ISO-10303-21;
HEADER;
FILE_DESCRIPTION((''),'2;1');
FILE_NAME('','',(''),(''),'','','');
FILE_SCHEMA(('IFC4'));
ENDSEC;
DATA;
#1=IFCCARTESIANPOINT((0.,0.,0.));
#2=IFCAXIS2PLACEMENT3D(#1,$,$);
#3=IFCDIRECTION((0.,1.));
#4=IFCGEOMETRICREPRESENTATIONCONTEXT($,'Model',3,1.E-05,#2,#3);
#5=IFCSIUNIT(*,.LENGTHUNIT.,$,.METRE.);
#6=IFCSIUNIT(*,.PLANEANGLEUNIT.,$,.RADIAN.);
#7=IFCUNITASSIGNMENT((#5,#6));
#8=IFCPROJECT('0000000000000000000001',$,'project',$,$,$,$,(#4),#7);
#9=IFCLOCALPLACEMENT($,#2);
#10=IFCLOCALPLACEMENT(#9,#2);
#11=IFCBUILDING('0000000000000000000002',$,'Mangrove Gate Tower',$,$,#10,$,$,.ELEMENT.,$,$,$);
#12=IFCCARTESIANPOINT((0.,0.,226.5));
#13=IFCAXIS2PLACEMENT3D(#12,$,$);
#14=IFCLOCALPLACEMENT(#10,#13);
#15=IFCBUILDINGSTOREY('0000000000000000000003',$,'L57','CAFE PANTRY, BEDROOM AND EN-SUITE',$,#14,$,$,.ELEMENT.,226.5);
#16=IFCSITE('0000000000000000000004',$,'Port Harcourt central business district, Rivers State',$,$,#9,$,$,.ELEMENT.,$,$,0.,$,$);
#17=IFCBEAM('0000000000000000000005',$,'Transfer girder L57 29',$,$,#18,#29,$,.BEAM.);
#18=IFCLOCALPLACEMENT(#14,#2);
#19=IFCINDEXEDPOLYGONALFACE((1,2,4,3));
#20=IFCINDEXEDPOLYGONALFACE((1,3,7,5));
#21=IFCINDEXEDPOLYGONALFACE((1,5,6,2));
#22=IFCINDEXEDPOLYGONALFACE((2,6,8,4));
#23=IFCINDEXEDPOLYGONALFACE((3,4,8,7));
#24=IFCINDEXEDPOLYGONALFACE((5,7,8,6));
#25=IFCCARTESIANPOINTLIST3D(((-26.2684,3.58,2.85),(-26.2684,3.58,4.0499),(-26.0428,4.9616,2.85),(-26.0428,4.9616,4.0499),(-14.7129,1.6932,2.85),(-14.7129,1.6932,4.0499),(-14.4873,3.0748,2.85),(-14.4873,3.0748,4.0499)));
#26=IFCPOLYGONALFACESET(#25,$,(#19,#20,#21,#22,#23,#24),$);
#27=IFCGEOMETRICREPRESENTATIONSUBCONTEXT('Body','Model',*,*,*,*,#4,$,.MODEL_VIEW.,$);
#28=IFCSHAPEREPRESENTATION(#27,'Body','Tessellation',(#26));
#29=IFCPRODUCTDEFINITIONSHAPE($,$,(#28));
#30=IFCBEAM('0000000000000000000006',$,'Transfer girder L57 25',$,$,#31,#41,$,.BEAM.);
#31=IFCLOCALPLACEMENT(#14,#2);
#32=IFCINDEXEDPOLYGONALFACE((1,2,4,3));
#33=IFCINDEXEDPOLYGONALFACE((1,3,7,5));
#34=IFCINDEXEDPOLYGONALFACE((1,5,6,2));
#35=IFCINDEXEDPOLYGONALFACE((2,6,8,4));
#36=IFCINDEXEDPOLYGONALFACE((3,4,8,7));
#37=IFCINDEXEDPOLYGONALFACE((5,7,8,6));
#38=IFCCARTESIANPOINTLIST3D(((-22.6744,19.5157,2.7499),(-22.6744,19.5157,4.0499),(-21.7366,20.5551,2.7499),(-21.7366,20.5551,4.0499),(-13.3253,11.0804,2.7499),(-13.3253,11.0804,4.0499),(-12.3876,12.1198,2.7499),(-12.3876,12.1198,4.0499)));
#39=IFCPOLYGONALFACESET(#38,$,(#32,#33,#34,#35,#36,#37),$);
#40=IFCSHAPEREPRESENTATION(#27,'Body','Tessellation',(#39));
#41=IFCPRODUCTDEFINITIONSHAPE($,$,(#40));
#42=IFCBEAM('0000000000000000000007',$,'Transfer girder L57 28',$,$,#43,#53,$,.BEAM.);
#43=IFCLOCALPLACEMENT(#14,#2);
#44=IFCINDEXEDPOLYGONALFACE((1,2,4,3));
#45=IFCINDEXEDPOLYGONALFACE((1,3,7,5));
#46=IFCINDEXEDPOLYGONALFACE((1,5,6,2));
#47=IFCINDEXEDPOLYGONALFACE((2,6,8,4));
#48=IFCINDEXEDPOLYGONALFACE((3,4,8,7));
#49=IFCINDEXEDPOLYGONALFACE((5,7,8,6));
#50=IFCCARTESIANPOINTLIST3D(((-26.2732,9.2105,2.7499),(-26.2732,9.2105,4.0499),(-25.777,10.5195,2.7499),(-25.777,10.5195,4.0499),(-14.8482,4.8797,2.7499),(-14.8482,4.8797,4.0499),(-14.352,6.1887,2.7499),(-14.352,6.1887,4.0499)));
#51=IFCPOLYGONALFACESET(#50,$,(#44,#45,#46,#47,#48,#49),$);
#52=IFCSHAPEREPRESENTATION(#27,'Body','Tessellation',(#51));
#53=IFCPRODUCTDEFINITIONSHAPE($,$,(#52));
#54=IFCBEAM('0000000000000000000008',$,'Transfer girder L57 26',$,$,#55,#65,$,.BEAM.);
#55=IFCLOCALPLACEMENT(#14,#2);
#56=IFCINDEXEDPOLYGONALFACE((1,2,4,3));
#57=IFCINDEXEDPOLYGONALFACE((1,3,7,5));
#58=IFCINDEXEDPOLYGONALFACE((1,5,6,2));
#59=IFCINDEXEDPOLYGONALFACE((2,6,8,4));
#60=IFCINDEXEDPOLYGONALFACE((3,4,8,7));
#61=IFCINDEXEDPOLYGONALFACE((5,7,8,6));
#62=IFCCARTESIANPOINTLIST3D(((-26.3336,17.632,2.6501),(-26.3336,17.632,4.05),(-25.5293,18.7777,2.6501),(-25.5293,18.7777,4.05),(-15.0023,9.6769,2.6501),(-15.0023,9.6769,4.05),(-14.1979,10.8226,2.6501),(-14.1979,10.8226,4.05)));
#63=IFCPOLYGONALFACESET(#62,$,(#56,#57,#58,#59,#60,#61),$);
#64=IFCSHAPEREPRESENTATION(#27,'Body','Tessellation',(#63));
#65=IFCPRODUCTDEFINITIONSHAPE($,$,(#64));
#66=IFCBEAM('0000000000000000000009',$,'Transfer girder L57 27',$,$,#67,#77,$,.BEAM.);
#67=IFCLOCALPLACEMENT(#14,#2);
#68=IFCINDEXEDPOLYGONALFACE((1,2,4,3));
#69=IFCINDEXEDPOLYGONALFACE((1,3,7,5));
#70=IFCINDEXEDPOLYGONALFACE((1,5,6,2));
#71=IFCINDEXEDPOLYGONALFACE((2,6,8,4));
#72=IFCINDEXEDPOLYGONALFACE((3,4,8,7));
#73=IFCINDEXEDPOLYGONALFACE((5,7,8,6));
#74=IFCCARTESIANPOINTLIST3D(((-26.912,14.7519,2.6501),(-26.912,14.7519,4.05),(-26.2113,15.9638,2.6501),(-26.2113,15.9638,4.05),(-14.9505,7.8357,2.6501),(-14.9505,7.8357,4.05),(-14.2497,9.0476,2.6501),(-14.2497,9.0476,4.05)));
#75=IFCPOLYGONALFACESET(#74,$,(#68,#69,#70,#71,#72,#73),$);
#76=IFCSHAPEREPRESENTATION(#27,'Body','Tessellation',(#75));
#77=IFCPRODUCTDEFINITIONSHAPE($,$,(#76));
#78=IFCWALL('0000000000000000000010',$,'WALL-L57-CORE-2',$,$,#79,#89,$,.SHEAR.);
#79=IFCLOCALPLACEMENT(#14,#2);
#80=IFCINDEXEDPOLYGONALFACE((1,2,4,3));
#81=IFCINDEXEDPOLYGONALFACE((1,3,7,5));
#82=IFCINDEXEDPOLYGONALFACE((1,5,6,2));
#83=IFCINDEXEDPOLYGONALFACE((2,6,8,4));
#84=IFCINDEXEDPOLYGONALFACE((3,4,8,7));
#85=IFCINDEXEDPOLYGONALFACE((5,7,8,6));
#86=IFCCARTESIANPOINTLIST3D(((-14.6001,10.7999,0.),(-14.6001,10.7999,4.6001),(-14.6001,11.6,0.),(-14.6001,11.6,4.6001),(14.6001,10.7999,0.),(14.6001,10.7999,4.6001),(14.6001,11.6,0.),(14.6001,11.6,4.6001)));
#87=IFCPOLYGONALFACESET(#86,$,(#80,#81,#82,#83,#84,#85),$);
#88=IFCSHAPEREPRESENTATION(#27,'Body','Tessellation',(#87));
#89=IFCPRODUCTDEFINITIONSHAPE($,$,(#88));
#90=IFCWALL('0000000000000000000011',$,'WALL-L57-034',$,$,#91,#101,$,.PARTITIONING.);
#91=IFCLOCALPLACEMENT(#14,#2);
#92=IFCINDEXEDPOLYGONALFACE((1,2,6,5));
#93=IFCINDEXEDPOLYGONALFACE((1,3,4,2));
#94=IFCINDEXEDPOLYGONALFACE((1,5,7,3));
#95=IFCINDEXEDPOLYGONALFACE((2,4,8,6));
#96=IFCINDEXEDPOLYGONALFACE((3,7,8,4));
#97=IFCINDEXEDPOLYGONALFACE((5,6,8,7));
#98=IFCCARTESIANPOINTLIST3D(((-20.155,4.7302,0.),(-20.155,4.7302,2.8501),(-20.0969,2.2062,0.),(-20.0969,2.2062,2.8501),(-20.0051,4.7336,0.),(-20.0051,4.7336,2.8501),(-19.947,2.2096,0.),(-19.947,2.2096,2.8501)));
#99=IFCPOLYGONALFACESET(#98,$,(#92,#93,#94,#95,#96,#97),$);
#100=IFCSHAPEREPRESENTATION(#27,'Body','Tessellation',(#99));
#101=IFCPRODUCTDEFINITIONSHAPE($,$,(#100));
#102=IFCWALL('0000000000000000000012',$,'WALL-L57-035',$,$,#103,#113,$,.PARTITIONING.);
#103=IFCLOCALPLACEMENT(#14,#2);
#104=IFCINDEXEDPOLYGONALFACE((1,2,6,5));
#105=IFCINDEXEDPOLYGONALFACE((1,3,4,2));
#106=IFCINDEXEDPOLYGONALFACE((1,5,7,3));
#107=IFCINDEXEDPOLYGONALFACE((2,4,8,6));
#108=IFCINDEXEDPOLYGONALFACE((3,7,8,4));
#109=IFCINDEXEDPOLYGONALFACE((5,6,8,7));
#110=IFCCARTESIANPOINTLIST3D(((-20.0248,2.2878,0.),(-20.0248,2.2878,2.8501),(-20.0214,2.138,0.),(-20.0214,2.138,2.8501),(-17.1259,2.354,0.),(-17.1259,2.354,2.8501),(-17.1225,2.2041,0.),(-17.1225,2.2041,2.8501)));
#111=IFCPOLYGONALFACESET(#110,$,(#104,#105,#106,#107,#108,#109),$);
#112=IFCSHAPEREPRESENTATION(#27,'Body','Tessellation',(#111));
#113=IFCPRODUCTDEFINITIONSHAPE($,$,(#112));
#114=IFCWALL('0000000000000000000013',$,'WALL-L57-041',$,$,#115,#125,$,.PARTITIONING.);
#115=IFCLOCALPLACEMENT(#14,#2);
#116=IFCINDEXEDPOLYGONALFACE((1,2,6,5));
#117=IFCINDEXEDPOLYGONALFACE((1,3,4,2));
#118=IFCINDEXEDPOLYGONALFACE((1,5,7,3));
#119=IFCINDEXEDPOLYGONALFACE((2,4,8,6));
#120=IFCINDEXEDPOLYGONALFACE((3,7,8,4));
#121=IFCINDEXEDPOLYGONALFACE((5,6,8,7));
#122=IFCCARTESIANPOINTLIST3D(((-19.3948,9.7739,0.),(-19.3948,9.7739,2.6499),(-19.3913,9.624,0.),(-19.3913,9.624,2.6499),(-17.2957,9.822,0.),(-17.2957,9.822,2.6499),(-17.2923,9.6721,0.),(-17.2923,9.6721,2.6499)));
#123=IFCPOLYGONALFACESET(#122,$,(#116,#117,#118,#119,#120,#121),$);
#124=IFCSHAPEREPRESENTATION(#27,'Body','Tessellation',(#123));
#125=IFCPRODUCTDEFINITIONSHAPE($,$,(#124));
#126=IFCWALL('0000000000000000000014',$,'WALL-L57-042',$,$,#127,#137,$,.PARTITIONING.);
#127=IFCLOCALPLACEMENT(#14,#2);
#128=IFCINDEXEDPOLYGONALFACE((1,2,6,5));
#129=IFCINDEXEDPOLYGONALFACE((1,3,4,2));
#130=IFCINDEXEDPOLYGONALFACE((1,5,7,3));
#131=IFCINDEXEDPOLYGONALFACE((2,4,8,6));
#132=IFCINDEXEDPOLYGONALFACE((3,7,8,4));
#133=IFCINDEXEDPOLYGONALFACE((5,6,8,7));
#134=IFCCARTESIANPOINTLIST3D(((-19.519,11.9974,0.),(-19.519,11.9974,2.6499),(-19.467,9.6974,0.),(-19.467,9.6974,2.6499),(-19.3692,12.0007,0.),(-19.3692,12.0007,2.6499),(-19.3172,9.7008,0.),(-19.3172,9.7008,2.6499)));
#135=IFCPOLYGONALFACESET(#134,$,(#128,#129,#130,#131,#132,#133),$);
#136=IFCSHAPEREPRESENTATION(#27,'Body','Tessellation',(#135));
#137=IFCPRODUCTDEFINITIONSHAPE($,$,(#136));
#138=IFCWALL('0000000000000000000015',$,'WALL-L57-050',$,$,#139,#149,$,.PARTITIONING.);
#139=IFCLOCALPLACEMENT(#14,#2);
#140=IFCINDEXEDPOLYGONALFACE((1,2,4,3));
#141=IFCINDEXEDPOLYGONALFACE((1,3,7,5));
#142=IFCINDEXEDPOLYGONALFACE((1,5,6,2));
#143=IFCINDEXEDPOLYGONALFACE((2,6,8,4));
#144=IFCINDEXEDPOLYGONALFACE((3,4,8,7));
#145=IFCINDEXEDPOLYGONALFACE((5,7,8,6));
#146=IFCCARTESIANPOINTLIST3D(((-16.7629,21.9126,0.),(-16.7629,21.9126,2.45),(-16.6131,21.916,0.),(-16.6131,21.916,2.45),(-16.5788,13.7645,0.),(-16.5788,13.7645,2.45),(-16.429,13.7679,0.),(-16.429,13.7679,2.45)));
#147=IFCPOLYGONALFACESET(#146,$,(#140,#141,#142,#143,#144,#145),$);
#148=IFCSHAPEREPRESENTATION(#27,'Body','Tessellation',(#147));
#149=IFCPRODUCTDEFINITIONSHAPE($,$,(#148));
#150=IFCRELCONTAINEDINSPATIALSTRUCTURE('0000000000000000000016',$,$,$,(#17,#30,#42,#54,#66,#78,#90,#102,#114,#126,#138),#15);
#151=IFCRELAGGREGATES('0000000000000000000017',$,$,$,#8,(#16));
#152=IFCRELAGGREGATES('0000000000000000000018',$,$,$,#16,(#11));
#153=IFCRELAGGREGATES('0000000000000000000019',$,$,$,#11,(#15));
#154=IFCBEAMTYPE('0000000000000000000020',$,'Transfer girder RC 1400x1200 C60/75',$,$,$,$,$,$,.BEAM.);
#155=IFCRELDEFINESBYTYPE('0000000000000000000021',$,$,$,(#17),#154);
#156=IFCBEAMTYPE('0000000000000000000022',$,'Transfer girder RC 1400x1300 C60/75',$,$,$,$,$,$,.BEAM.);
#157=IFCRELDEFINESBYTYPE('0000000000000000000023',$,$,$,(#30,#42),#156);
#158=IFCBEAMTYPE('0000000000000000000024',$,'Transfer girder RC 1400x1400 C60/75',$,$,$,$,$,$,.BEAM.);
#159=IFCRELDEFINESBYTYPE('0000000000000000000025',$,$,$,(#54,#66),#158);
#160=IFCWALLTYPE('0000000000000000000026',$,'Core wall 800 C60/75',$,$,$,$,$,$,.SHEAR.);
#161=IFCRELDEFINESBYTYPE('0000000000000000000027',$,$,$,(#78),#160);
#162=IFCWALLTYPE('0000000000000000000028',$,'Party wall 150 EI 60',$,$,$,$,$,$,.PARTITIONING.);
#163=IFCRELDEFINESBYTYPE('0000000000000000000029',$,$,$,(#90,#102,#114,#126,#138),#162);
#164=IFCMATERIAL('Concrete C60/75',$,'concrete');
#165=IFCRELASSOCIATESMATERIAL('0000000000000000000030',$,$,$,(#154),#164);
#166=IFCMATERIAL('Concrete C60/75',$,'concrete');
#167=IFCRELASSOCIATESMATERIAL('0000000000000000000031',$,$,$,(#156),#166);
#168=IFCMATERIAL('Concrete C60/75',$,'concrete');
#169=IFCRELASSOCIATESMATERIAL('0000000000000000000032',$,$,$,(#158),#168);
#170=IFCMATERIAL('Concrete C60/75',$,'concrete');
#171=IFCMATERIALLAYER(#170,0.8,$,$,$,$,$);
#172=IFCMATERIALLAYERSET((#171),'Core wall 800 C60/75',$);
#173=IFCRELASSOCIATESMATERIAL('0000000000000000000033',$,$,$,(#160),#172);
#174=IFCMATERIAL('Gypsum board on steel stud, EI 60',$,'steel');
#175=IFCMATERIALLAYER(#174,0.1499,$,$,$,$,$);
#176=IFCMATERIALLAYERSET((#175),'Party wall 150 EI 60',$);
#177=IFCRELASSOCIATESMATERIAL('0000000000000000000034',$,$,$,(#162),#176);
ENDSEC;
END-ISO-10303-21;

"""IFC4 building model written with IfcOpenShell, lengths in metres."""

from ifc_helpers import new_model, si_unit, direction, frame, frame_2d, origin, origin_2d, place, context, subcontext, project, spatial, rectangle, extrude, material, layer, layer_set, material_profile, profile_set, type_object, element, save


model = new_model("IFC4")

# Units and contexts
model_context = context("Model", 3, precision=1e-05, world=origin(), true_north=direction((0.0, 1.0)))
body_context = subcontext(model_context, "Body", "Model", "MODEL_VIEW")
ifc_project = project(units=[si_unit("LENGTHUNIT", "METRE"), si_unit("PLANEANGLEUNIT", "RADIAN")], contexts=[model_context])

# Site, building, storey
site_placement = place(None, origin())
site = spatial("IfcSite", under=ifc_project, at=site_placement, Name="Port Harcourt central business district, Rivers State", CompositionType="ELEMENT", RefElevation=0.0)
building_placement = place(site_placement, origin())
building = spatial("IfcBuilding", under=site, at=building_placement, Name="Mangrove Gate Tower", CompositionType="ELEMENT")
storey_placement = place(building_placement, frame((0.0, 0.0, 226.5)))
storey = spatial("IfcBuildingStorey", under=building, at=storey_placement, Name="L57", Description="CAFE PANTRY, BEDROOM AND EN-SUITE", CompositionType="ELEMENT", Elevation=226.5)

# Beams
ifc_material_1 = material(Name="Concrete C60/75", Category="concrete")
ifc_material_profile_1 = material_profile(ifc_material_1, rectangle(XDim=1.3999, YDim=1.2, at=origin_2d()))
ifc_profile_set_1 = profile_set([ifc_material_profile_1], Name="Concrete C60/75")
beam_type_1 = type_object("IfcBeamType", Name="Transfer girder RC 1400x1200 C60/75", PredefinedType="BEAM", material=ifc_profile_set_1)
beam_1_placement = place(storey_placement, frame((-14.6001, 2.384, 3.45), z_axis=(-0.986931, 0.161142, 0.0), x_axis=(-0.161142, -0.986931, 0.0)))
element("IfcBeam", 1, at=beam_1_placement, inside=storey, type_object=beam_type_1, Name="Transfer girder L57 29", PredefinedType="BEAM", context=body_context, shape_type="SweptSolid", body=[
    extrude(rectangle(XDim=1.3999, YDim=1.2, at=origin_2d()), origin(), (0.0, 0.0, 1.0), 11.7085),
])
ifc_material_2 = material(Name="Concrete C60/75", Category="concrete")
ifc_material_profile_2 = material_profile(ifc_material_2, rectangle(XDim=1.3999, YDim=1.3, at=origin_2d()))
ifc_profile_set_2 = profile_set([ifc_material_profile_2], Name="Concrete C60/75")
beam_type_2 = type_object("IfcBeamType", Name="Transfer girder RC 1400x1300 C60/75", PredefinedType="BEAM", material=ifc_profile_set_2)
beam_2_placement = place(storey_placement, frame((-12.8564, 11.6001, 3.3999), z_axis=(-0.742461, 0.66989, 0.0), x_axis=(-0.66989, -0.742461, 0.0)))
element("IfcBeam", 2, at=beam_2_placement, inside=storey, type_object=beam_type_2, Name="Transfer girder L57 25", PredefinedType="BEAM", context=body_context, shape_type="SweptSolid", body=[
    extrude(rectangle(XDim=1.3999, YDim=1.3, at=origin_2d()), origin(), (0.0, 0.0, 1.0), 12.592),
])
beam_3_placement = place(storey_placement, frame((-14.6001, 5.5342, 3.3999), z_axis=(-0.935074, 0.354452, 0.0), x_axis=(-0.354452, -0.935074, 0.0)))
element("IfcBeam", 3, at=beam_3_placement, inside=storey, type_object=beam_type_2, Name="Transfer girder L57 28", PredefinedType="BEAM", context=body_context, shape_type="SweptSolid", body=[
    extrude(rectangle(XDim=1.3999, YDim=1.3, at=origin_2d()), origin(), (0.0, 0.0, 1.0), 12.2183),
])
ifc_material_3 = material(Name="Concrete C60/75", Category="concrete")
ifc_material_profile_3 = material_profile(ifc_material_3, rectangle(XDim=1.3999, YDim=1.3999, at=origin_2d()))
ifc_profile_set_3 = profile_set([ifc_material_profile_3], Name="Concrete C60/75")
beam_type_3 = type_object("IfcBeamType", Name="Transfer girder RC 1400x1400 C60/75", PredefinedType="BEAM", material=ifc_profile_set_3)
beam_4_placement = place(storey_placement, frame((-14.6001, 10.2498, 3.3501), z_axis=(-0.818445, 0.574585, 0.0), x_axis=(-0.574585, -0.818445, 0.0)))
element("IfcBeam", 4, at=beam_4_placement, inside=storey, type_object=beam_type_3, Name="Transfer girder L57 26", PredefinedType="BEAM", context=body_context, shape_type="SweptSolid", body=[
    extrude(rectangle(XDim=1.3999, YDim=1.3999, at=origin_2d()), origin(), (0.0, 0.0, 1.0), 13.845),
])
beam_5_placement = place(storey_placement, frame((-14.6001, 8.4417, 3.3501), z_axis=(-0.865706, 0.500553, 0.0), x_axis=(-0.500553, -0.865706, 0.0)))
element("IfcBeam", 5, at=beam_5_placement, inside=storey, type_object=beam_type_3, Name="Transfer girder L57 27", PredefinedType="BEAM", context=body_context, shape_type="SweptSolid", body=[
    extrude(rectangle(XDim=1.3999, YDim=1.3999, at=origin_2d()), origin(), (0.0, 0.0, 1.0), 13.8171),
])

# Walls
ifc_material_4 = material(Name="Concrete C60/75", Category="concrete")
ifc_layer_1 = layer(ifc_material_4, 0.8)
ifc_layer_set_1 = layer_set([ifc_layer_1], Name="Core wall 800 C60/75")
wall_type_1 = type_object("IfcWallType", Name="Core wall 800 C60/75", PredefinedType="SHEAR", material=ifc_layer_set_1)
wall_1_placement = place(storey_placement, frame((-14.6001, 11.2, 0.0), z_axis=(0.0, 0.0, 1.0), x_axis=(1.0, 0.0, 0.0)))
element("IfcWall", 6, at=wall_1_placement, inside=storey, type_object=wall_type_1, Name="WALL-L57-CORE-2", PredefinedType="SHEAR", context=body_context, shape_type="SweptSolid", body=[
    extrude(rectangle(XDim=29.2002, YDim=0.8, at=frame_2d((14.6001, 0.0))), origin(), (0.0, 0.0, 1.0), 4.6001),
])
ifc_material_5 = material(Name="Gypsum board on steel stud, EI 60", Category="steel")
ifc_layer_2 = layer(ifc_material_5, 0.1499)
ifc_layer_set_2 = layer_set([ifc_layer_2], Name="Party wall 150 EI 60")
wall_type_2 = type_object("IfcWallType", Name="Party wall 150 EI 60", PredefinedType="PARTITIONING", material=ifc_layer_set_2)
wall_2_placement = place(storey_placement, frame((-20.022, 2.208, 0.0), z_axis=(0.0, 0.0, 1.0), x_axis=(-0.023016, 0.999735, 0.0)))
element("IfcWall", 7, at=wall_2_placement, inside=storey, type_object=wall_type_2, Name="WALL-L57-034", PredefinedType="PARTITIONING", context=body_context, shape_type="SweptSolid", body=[
    extrude(rectangle(XDim=2.5247, YDim=0.1499, at=frame_2d((1.2622, 0.0))), origin(), (0.0, 0.0, 1.0), 2.8501),
])
wall_3_placement = place(storey_placement, frame((-20.0229, 2.2129, 0.0), z_axis=(0.0, 0.0, 1.0), x_axis=(0.99974, 0.022817, 0.0)))
element("IfcWall", 8, at=wall_3_placement, inside=storey, type_object=wall_type_2, Name="WALL-L57-035", PredefinedType="PARTITIONING", context=body_context, shape_type="SweptSolid", body=[
    extrude(rectangle(XDim=2.8997, YDim=0.1499, at=frame_2d((1.4497, 0.0))), origin(), (0.0, 0.0, 1.0), 2.8501),
])
wall_4_placement = place(storey_placement, frame((-19.3931, 9.699, 0.0), z_axis=(0.0, 0.0, 1.0), x_axis=(0.999738, 0.022906, 0.0)))
element("IfcWall", 9, at=wall_4_placement, inside=storey, type_object=wall_type_2, Name="WALL-L57-041", PredefinedType="PARTITIONING", context=body_context, shape_type="SweptSolid", body=[
    extrude(rectangle(XDim=2.0996, YDim=0.1499, at=frame_2d((1.0498, 0.0))), origin(), (0.0, 0.0, 1.0), 2.6499),
])
wall_5_placement = place(storey_placement, frame((-19.3921, 9.699, 0.0), z_axis=(0.0, 0.0, 1.0), x_axis=(-0.022603, 0.999745, 0.0)))
element("IfcWall", 10, at=wall_5_placement, inside=storey, type_object=wall_type_2, Name="WALL-L57-042", PredefinedType="PARTITIONING", context=body_context, shape_type="SweptSolid", body=[
    extrude(rectangle(XDim=2.3005, YDim=0.1499, at=frame_2d((1.1504, 0.0))), origin(), (0.0, 0.0, 1.0), 2.6499),
])
wall_6_placement = place(storey_placement, frame((-16.5039, 13.7661, 0.0), z_axis=(0.0, 0.0, 1.0), x_axis=(-0.022587, 0.999745, 0.0)))
element("IfcWall", 11, at=wall_6_placement, inside=storey, type_object=wall_type_2, Name="WALL-L57-050", PredefinedType="PARTITIONING", context=body_context, shape_type="SweptSolid", body=[
    extrude(rectangle(XDim=8.1501, YDim=0.1499, at=frame_2d((4.0752, 0.0))), origin(), (0.0, 0.0, 1.0), 2.45),
])

save(model, "model.ifc")
